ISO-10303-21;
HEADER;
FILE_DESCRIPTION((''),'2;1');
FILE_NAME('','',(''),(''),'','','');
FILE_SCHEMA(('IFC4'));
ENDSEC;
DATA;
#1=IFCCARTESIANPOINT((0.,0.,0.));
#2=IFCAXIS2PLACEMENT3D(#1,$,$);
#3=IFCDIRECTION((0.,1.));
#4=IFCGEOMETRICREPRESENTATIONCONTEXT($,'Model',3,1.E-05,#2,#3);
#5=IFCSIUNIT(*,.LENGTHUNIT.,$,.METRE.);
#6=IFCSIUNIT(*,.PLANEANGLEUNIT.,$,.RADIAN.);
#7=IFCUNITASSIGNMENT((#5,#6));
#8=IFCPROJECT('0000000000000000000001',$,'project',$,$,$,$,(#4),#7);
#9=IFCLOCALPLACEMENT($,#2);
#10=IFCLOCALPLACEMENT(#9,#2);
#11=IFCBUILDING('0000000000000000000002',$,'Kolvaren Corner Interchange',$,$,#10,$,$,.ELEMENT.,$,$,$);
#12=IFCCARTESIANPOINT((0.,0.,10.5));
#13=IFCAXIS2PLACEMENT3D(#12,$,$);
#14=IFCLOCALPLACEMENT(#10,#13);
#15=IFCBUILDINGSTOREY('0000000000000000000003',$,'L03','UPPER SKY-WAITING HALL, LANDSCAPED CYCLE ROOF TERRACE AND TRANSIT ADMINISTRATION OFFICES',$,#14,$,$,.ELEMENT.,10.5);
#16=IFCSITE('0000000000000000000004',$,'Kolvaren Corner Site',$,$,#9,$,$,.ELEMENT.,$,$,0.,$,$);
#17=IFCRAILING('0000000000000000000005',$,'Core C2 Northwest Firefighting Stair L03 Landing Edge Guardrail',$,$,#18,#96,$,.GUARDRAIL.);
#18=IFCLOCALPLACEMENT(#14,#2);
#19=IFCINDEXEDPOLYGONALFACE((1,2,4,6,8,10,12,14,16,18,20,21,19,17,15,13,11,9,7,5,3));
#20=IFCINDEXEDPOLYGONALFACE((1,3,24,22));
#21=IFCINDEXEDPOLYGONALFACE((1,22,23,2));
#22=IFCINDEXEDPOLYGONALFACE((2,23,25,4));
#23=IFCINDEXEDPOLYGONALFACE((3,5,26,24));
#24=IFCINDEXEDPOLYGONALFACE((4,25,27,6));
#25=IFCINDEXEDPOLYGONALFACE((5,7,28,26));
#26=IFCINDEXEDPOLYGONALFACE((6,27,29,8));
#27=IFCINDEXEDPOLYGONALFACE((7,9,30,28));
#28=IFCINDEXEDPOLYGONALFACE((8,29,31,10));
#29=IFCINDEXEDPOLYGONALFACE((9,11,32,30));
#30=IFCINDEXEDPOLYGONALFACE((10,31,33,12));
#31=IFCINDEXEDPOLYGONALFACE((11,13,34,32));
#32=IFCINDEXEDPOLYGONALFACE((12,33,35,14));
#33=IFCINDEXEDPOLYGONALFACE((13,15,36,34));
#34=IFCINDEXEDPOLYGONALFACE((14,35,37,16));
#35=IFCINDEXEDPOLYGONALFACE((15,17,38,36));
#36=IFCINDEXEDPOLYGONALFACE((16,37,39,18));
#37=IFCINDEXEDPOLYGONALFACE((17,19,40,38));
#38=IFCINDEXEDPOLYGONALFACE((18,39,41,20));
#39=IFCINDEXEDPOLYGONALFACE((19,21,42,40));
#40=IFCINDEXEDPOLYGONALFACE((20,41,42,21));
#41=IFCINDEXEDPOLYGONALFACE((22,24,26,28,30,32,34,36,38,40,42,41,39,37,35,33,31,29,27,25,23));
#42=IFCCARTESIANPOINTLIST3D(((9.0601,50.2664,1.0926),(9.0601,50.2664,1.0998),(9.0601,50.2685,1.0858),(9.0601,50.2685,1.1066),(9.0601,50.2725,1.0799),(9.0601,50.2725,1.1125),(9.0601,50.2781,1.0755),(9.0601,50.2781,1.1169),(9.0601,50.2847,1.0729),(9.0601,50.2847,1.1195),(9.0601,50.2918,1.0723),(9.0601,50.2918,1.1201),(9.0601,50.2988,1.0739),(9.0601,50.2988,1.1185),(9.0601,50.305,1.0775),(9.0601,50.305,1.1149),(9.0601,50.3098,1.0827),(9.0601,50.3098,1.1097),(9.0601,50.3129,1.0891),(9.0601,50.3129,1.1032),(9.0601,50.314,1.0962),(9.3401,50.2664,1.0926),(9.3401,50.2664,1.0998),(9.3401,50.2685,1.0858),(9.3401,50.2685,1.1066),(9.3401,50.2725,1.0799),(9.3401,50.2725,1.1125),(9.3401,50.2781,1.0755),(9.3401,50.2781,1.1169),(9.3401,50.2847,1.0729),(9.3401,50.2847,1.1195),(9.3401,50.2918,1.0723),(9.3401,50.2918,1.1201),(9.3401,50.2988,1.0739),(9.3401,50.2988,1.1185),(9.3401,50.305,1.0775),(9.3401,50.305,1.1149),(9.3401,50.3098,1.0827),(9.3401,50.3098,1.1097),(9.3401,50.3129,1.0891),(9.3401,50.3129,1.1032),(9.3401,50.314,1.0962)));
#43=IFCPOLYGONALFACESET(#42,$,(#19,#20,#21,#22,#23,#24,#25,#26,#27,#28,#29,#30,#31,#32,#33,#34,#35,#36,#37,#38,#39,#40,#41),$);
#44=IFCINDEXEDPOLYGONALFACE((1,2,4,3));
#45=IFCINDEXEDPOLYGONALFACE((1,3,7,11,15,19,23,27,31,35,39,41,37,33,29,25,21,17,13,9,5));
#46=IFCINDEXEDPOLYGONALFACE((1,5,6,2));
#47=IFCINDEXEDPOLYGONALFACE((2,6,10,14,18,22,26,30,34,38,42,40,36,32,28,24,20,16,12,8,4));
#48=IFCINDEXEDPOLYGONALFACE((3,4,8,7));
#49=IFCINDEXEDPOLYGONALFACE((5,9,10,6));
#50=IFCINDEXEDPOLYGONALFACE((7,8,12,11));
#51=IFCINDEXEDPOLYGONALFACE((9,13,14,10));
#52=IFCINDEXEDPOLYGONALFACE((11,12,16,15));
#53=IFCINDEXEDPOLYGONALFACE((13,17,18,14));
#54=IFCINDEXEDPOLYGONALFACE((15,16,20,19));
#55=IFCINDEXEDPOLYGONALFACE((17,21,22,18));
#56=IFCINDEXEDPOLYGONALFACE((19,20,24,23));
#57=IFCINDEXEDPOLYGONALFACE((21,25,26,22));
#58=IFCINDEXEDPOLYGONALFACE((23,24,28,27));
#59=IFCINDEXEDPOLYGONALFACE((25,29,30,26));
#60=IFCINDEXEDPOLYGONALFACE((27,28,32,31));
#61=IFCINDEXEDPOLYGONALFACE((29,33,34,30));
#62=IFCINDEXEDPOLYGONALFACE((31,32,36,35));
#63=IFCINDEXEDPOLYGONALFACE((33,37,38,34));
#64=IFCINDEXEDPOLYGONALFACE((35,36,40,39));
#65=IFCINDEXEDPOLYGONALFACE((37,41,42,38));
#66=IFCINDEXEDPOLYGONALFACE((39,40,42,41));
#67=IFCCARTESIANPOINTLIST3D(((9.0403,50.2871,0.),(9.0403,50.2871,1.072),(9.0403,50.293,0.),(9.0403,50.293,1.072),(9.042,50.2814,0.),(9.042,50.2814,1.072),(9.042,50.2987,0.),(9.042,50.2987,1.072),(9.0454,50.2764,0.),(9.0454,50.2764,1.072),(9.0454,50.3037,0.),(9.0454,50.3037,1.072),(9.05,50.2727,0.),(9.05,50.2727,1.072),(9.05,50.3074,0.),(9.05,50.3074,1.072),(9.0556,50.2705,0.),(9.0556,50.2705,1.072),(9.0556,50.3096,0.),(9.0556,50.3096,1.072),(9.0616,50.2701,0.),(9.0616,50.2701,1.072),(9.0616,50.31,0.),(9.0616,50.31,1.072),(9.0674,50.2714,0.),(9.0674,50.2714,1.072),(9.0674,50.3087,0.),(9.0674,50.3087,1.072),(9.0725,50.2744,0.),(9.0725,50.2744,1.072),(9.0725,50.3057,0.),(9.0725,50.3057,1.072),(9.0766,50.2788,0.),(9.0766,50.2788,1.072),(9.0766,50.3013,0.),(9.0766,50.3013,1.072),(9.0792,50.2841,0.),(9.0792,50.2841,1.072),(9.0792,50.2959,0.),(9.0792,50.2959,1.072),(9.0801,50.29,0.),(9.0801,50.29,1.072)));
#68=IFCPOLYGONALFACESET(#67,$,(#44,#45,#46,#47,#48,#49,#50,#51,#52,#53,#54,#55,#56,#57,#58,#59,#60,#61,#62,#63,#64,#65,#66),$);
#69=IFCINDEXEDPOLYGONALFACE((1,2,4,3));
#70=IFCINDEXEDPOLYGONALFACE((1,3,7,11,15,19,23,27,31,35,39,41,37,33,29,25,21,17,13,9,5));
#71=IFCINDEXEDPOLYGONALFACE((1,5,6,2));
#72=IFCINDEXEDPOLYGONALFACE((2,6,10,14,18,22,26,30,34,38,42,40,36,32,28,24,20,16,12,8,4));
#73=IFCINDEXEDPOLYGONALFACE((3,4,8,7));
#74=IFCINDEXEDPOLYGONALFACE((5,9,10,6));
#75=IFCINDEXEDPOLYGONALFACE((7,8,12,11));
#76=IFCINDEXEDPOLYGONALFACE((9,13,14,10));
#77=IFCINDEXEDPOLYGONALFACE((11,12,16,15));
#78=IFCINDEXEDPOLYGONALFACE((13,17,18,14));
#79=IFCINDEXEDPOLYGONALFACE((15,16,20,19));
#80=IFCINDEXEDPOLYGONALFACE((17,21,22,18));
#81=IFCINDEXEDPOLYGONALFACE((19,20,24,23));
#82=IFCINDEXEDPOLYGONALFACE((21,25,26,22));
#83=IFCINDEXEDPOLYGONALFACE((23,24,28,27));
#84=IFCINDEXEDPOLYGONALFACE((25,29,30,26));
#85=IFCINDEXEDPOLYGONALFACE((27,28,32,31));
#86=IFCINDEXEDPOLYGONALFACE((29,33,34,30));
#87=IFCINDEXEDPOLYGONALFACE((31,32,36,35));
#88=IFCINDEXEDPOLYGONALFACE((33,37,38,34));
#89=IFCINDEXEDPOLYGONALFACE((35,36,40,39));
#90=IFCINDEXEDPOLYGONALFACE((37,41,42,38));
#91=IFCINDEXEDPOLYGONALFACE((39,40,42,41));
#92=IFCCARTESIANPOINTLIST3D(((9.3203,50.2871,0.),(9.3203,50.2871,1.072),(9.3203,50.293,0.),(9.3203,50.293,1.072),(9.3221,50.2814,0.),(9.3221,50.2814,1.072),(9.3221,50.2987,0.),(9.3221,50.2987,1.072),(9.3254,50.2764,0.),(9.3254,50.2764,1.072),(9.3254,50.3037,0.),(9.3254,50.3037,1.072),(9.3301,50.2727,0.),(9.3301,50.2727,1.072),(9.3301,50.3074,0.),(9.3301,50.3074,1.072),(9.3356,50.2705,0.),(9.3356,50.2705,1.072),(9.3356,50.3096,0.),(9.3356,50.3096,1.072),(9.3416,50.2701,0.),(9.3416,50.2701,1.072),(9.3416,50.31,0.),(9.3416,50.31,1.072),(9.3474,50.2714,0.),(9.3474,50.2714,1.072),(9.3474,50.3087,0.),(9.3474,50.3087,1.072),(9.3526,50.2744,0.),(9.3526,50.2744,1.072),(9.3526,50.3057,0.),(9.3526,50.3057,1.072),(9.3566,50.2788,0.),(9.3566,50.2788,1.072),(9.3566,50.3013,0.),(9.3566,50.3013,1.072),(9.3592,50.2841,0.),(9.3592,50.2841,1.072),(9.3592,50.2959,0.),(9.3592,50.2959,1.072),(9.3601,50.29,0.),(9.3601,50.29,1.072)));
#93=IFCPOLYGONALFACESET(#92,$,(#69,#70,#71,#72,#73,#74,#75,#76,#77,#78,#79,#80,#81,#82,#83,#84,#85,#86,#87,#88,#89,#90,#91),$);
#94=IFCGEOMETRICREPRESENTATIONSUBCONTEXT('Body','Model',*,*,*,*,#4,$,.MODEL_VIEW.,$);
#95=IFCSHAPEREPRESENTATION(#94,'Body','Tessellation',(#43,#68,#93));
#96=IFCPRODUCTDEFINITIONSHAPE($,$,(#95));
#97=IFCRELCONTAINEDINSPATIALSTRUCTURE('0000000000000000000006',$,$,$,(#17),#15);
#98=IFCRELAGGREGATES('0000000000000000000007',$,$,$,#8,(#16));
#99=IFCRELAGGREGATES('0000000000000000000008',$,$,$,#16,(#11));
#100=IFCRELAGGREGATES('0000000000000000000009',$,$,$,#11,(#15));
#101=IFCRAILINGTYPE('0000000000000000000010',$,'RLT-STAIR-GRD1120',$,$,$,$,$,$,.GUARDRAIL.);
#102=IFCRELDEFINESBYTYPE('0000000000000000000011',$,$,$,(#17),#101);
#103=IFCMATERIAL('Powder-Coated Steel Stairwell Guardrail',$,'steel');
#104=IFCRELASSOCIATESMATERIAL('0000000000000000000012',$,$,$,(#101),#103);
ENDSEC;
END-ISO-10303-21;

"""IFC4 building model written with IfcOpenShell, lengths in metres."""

from ifc_helpers import new_model, si_unit, direction, frame, origin, origin_2d, place, context, subcontext, project, spatial, circle, extrude, material, type_object, element, save


model = new_model("IFC4")

# Units and contexts
model_context = context("Model", 3, precision=1e-05, world=origin(), true_north=direction((0.0, 1.0)))
body_context = subcontext(model_context, "Body", "Model", "MODEL_VIEW")
ifc_project = project(units=[si_unit("LENGTHUNIT", "METRE"), si_unit("PLANEANGLEUNIT", "RADIAN")], contexts=[model_context])

# Site, building, storey
site_placement = place(None, origin())
site = spatial("IfcSite", under=ifc_project, at=site_placement, Name="Kolvaren Corner Site", CompositionType="ELEMENT", RefElevation=0.0)
building_placement = place(site_placement, origin())
building = spatial("IfcBuilding", under=site, at=building_placement, Name="Kolvaren Corner Interchange", CompositionType="ELEMENT")
storey_placement = place(building_placement, frame((0.0, 0.0, 10.5)))
storey = spatial("IfcBuildingStorey", under=building, at=storey_placement, Name="L03", Description="UPPER SKY-WAITING HALL, LANDSCAPED CYCLE ROOF TERRACE AND TRANSIT ADMINISTRATION OFFICES", CompositionType="ELEMENT", Elevation=10.5)

# Railing
ifc_material_1 = material(Name="Powder-Coated Steel Stairwell Guardrail", Category="steel")
railing_type_1 = type_object("IfcRailingType", Name="RLT-STAIR-GRD1120", PredefinedType="GUARDRAIL", material=ifc_material_1)
railing_1_placement = place(storey_placement, frame((9.0601, 50.29, 0.0)))
element("IfcRailing", 1, at=railing_1_placement, inside=storey, type_object=railing_type_1, Name="Core C2 Northwest Firefighting Stair L03 Landing Edge Guardrail", PredefinedType="GUARDRAIL", context=body_context, shape_type="SweptSolid", body=[
    extrude(circle(Radius=0.0239, at=origin_2d()), frame((0.0, 0.0, 1.0962), z_axis=(1.0, 0.0, 0.0), x_axis=(0.0, 1.0, 0.0)), (0.0, 0.0, 1.0), 0.28),
    extrude(circle(Radius=0.02, at=origin_2d()), origin(), (0.0, 0.0, 1.0), 1.072),
    extrude(circle(Radius=0.02, at=origin_2d()), frame((0.28, 0.0, 0.0)), (0.0, 0.0, 1.0), 1.072),
])

save(model, "model.ifc")
